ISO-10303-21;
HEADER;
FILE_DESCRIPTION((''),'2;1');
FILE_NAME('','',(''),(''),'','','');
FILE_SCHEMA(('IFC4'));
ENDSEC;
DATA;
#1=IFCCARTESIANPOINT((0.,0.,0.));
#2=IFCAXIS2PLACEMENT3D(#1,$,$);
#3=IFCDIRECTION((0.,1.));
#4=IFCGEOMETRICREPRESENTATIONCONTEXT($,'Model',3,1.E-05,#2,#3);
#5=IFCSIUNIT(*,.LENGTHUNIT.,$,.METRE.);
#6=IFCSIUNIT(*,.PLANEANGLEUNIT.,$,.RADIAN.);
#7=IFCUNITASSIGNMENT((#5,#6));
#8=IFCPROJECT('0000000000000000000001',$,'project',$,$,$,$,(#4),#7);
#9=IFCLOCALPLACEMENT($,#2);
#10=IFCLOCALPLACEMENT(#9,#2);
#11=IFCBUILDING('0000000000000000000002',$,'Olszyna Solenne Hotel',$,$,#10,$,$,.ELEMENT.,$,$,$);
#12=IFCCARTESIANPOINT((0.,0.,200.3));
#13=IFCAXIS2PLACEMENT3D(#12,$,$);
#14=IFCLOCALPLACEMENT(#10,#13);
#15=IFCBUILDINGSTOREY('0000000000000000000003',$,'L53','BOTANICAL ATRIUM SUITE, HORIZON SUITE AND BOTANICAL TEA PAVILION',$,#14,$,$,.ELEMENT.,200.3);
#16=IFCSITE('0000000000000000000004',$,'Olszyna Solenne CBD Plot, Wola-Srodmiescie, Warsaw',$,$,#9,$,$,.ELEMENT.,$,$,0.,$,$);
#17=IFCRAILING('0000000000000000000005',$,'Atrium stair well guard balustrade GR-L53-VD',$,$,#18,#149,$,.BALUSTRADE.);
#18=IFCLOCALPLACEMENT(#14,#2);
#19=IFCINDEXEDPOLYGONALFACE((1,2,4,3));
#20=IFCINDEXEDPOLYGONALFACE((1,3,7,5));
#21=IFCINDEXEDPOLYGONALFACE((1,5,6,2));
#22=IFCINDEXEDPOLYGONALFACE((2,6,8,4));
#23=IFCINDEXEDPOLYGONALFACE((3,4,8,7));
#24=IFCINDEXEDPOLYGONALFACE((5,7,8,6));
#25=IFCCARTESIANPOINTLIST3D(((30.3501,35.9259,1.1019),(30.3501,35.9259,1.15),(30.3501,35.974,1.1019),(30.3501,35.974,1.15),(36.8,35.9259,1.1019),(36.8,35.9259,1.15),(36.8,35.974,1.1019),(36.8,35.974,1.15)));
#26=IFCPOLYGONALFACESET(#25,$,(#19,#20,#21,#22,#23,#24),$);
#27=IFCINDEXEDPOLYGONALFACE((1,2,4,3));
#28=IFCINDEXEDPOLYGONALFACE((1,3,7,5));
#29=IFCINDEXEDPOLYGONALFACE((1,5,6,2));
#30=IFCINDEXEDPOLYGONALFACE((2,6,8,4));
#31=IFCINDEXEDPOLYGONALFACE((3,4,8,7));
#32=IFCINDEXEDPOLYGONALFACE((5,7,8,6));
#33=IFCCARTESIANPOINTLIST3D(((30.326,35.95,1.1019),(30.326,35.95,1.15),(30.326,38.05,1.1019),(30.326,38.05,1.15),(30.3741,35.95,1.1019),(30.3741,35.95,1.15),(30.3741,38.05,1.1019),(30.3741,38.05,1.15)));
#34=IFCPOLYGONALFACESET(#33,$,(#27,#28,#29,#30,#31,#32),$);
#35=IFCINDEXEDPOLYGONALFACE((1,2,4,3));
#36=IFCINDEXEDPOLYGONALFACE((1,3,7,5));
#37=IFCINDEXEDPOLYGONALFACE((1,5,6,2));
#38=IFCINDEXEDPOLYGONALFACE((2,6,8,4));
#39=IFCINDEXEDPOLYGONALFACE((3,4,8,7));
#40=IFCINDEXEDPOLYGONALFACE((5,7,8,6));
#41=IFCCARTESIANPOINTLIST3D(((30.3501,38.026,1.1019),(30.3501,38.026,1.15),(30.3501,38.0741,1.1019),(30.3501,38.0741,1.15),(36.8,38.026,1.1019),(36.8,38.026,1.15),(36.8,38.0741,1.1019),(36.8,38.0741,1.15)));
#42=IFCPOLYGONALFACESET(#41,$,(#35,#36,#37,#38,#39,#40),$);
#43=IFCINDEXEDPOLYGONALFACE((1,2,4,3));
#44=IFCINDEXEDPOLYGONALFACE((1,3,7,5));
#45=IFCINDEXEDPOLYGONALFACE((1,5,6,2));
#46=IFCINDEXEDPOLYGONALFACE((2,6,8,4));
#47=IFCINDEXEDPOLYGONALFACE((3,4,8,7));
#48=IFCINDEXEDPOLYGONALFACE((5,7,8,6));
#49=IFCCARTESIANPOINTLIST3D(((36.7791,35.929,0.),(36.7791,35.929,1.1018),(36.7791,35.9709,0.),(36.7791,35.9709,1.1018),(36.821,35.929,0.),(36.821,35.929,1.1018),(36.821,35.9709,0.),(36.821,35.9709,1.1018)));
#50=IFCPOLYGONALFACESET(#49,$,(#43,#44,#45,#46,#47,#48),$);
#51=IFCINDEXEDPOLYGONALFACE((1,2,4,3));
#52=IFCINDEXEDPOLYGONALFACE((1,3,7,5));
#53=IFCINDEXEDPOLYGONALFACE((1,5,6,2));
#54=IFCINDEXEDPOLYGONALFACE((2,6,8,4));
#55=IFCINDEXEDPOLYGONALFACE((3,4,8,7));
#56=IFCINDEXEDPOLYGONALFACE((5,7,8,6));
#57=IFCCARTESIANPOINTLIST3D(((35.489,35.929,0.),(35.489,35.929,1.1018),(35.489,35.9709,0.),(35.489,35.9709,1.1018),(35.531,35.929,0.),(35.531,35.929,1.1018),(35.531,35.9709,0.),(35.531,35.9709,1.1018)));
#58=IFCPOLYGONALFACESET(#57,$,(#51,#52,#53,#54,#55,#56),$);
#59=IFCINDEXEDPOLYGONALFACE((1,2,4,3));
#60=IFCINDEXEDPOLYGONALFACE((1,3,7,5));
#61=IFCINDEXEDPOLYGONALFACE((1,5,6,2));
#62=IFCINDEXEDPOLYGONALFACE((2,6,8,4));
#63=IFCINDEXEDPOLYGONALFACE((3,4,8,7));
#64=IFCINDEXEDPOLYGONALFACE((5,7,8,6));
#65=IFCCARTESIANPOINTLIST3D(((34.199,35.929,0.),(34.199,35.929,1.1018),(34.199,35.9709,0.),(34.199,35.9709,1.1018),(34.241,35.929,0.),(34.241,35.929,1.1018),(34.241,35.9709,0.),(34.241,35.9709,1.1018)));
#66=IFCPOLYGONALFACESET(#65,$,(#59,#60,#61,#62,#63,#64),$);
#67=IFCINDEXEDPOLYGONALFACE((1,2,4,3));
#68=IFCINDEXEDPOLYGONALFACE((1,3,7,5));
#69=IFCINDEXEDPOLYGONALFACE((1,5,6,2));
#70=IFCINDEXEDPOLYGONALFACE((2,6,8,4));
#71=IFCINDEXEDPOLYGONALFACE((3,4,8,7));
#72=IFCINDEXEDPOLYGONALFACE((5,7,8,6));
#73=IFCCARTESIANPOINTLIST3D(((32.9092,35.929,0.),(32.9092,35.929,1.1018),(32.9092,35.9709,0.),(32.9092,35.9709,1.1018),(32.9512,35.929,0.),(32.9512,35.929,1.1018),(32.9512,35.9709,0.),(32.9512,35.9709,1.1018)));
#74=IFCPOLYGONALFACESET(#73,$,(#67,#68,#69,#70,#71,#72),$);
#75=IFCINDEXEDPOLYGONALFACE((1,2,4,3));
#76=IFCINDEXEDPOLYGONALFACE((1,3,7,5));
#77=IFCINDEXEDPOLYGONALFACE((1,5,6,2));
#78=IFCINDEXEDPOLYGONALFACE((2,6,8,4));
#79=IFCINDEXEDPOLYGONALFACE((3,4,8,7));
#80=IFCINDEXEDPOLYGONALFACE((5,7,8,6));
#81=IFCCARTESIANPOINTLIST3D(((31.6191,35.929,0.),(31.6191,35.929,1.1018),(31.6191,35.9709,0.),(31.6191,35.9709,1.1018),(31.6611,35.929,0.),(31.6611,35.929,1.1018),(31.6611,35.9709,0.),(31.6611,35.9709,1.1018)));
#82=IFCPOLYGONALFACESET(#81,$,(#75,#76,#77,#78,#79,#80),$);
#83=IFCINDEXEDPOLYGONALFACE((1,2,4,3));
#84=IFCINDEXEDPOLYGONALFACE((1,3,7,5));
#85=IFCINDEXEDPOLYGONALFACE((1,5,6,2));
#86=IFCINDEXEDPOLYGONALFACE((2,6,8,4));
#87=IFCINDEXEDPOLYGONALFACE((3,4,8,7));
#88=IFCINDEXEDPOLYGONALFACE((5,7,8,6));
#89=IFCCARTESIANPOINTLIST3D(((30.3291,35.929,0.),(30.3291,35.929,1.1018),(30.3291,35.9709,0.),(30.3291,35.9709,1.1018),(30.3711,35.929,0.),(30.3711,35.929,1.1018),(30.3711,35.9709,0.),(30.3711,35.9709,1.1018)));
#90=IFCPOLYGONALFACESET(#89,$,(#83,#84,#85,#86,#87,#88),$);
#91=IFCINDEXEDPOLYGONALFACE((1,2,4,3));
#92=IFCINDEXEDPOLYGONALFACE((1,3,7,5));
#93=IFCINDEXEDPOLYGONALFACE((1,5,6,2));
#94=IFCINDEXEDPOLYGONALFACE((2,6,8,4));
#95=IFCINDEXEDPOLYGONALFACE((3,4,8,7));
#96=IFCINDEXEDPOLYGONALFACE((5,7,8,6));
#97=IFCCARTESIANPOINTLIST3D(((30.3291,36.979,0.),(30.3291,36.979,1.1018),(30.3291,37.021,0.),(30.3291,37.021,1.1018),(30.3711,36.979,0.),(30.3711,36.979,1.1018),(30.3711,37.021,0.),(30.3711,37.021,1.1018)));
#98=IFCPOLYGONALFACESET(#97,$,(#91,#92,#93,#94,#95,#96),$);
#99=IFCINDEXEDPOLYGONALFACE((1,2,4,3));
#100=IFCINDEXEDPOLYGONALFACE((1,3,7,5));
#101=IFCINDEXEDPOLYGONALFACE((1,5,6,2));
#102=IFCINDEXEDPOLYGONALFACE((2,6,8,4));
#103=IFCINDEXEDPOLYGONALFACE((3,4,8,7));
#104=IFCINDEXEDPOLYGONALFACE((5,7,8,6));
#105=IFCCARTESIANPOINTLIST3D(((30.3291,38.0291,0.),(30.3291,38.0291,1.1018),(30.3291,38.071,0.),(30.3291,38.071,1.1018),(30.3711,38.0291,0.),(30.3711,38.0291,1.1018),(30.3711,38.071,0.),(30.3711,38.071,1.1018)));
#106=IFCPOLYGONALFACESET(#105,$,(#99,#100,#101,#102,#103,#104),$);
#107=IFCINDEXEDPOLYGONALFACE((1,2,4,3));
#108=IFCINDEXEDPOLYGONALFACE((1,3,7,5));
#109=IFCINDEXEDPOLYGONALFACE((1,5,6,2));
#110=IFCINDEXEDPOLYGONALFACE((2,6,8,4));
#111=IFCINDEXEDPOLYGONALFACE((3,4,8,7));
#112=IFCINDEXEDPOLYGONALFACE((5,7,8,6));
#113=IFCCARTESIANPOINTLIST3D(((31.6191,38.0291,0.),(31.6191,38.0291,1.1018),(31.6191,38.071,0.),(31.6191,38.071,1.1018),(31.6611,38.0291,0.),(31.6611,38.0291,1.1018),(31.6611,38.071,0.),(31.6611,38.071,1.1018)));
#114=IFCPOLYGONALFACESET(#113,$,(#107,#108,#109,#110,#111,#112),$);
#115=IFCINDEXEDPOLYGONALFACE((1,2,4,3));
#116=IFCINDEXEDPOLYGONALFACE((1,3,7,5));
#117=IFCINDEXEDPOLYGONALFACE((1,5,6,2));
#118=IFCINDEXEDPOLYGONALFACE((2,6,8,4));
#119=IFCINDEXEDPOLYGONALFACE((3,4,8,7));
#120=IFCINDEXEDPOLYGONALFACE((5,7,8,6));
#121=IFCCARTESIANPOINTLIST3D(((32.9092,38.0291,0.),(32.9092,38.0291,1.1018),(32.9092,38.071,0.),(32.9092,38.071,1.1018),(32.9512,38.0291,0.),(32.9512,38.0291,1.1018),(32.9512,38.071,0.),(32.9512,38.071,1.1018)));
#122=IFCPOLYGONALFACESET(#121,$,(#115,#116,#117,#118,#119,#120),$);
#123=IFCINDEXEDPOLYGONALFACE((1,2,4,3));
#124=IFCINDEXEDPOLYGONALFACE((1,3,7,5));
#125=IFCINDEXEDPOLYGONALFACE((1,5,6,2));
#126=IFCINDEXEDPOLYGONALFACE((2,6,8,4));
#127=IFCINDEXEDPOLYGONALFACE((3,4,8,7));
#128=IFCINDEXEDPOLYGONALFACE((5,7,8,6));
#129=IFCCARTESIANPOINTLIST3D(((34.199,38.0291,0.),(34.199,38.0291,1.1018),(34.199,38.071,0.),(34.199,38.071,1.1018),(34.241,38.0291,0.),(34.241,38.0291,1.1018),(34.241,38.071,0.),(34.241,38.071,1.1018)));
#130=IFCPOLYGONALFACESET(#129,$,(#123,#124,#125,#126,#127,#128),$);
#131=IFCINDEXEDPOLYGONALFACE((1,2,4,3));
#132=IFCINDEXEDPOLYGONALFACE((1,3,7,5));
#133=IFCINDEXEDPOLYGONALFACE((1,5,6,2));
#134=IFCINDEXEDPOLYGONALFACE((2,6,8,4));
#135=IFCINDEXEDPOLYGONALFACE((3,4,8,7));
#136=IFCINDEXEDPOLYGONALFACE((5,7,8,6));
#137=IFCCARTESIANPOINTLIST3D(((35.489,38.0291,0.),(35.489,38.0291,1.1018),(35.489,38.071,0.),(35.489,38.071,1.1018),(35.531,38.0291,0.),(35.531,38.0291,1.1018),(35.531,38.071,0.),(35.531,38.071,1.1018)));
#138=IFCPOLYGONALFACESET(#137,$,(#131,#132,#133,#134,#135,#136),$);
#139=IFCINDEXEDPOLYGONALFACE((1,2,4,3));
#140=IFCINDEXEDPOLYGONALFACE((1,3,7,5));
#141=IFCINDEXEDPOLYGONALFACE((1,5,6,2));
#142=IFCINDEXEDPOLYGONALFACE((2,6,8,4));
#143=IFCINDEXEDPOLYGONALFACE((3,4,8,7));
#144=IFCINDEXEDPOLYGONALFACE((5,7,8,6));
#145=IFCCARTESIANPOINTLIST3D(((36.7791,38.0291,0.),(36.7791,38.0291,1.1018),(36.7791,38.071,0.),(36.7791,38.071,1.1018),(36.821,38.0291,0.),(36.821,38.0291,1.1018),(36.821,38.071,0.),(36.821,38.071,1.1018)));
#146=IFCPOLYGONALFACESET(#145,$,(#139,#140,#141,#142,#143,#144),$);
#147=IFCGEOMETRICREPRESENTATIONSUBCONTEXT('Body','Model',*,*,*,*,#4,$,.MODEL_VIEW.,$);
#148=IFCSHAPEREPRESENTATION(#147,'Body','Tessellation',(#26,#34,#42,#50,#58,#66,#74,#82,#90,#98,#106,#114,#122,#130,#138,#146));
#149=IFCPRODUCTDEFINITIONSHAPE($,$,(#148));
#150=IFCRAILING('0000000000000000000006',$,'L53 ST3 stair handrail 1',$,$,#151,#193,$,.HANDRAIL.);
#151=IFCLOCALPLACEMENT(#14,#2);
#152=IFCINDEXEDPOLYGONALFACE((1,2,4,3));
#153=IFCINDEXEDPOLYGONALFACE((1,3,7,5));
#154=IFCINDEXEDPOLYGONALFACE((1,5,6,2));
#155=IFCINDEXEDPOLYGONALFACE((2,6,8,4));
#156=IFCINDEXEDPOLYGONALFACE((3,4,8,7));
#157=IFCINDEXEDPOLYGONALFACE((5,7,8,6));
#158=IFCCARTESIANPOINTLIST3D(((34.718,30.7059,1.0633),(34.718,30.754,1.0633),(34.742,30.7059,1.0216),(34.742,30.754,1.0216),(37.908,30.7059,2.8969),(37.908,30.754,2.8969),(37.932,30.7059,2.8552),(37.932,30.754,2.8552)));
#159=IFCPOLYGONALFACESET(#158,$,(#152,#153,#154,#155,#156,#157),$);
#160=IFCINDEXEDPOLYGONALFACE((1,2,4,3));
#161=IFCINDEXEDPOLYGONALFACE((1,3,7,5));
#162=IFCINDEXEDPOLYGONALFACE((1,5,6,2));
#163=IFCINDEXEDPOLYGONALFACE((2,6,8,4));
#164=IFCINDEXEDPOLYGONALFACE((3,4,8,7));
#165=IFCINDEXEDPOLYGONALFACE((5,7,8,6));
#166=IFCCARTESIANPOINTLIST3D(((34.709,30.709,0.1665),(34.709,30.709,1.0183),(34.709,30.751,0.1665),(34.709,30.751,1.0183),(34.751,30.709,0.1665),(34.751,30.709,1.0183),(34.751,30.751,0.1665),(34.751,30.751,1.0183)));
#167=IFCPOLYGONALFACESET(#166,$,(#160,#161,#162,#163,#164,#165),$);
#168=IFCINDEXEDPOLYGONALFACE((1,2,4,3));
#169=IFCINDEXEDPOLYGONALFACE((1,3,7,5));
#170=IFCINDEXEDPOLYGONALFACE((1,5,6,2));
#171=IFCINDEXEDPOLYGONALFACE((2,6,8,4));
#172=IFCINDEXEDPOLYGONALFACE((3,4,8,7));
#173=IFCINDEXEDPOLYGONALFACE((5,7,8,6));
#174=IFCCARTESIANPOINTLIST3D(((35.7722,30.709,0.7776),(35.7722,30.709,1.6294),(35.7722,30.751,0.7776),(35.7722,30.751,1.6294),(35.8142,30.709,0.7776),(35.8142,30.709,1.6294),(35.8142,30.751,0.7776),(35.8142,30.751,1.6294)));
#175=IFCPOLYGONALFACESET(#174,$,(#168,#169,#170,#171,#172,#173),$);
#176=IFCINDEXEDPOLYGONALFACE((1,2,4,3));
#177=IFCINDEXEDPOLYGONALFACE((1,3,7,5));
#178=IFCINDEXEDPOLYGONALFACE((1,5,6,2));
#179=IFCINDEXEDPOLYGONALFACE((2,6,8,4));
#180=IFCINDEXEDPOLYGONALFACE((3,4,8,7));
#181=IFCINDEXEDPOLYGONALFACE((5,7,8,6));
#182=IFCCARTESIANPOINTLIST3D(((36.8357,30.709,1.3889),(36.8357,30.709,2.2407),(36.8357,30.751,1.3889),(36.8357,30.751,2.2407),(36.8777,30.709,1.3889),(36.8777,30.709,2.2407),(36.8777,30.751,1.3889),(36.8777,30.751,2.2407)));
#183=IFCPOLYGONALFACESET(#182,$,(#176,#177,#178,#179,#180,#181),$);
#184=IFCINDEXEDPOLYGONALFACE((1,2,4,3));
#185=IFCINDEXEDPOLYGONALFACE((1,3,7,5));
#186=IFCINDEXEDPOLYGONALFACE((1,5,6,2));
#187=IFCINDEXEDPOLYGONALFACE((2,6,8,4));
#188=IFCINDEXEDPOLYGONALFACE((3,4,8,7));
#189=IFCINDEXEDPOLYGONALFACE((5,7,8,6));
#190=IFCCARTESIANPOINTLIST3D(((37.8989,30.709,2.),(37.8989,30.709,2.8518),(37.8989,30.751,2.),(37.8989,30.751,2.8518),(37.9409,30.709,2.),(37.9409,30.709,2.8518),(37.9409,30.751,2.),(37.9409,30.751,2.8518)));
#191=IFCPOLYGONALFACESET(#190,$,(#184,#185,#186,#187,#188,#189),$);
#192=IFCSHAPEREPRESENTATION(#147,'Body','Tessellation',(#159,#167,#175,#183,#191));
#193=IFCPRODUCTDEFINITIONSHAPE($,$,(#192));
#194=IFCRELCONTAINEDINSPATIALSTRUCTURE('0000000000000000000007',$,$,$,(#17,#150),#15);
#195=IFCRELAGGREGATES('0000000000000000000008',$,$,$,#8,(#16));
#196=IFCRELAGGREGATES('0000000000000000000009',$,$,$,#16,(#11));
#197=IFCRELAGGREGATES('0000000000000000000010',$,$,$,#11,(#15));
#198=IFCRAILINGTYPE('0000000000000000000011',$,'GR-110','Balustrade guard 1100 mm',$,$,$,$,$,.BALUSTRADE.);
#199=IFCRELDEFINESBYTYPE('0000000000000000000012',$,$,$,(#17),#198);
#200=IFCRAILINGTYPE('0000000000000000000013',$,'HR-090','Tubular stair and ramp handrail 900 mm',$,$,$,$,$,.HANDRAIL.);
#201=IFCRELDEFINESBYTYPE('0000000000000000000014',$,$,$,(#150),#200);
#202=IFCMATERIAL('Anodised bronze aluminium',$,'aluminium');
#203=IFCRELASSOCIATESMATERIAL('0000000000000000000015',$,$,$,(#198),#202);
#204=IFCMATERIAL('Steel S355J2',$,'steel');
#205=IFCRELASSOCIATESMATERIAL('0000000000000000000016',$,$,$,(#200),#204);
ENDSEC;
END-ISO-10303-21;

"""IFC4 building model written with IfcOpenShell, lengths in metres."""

from ifc_helpers import new_model, si_unit, direction, frame, origin, origin_2d, place, context, subcontext, project, spatial, rectangle, extrude, material, type_object, element, save


model = new_model("IFC4")

# Units and contexts
model_context = context("Model", 3, precision=1e-05, world=origin(), true_north=direction((0.0, 1.0)))
body_context = subcontext(model_context, "Body", "Model", "MODEL_VIEW")
ifc_project = project(units=[si_unit("LENGTHUNIT", "METRE"), si_unit("PLANEANGLEUNIT", "RADIAN")], contexts=[model_context])

# Site, building, storey
site_placement = place(None, origin())
site = spatial("IfcSite", under=ifc_project, at=site_placement, Name="Olszyna Solenne CBD Plot, Wola-Srodmiescie, Warsaw", CompositionType="ELEMENT", RefElevation=0.0)
building_placement = place(site_placement, origin())
building = spatial("IfcBuilding", under=site, at=building_placement, Name="Olszyna Solenne Hotel", CompositionType="ELEMENT")
storey_placement = place(building_placement, frame((0.0, 0.0, 200.3)))
storey = spatial("IfcBuildingStorey", under=building, at=storey_placement, Name="L53", Description="BOTANICAL ATRIUM SUITE, HORIZON SUITE AND BOTANICAL TEA PAVILION", CompositionType="ELEMENT", Elevation=200.3)

# Shared definitions
ifc_material_1 = material(Name="Steel S355J2", Category="steel")

# Railings
ifc_material_2 = material(Name="Anodised bronze aluminium", Category="aluminium")
railing_type_1 = type_object("IfcRailingType", Name="GR-110", Description="Balustrade guard 1100 mm", PredefinedType="BALUSTRADE", material=ifc_material_2)
railing_1_placement = place(storey_placement, frame((36.8, 35.95, 0.0)))
element("IfcRailing", 1, at=railing_1_placement, inside=storey, type_object=railing_type_1, Name="Atrium stair well guard balustrade GR-L53-VD", PredefinedType="BALUSTRADE", context=body_context, shape_type="SweptSolid", body=[
    extrude(rectangle(XDim=0.0481, YDim=0.0481, at=origin_2d()), frame((0.0, 0.0, 1.126), z_axis=(-1.0, 0.0, 0.0), x_axis=(0.0, -1.0, 0.0)), (0.0, 0.0, 1.0), 6.45),
    extrude(rectangle(XDim=0.0481, YDim=0.0481, at=origin_2d()), frame((-6.45, 0.0, 1.126), z_axis=(0.0, 1.0, 0.0), x_axis=(-1.0, 0.0, 0.0)), (0.0, 0.0, 1.0), 2.1001),
    extrude(rectangle(XDim=0.0481, YDim=0.0481, at=origin_2d()), frame((-6.45, 2.1001, 1.126), z_axis=(1.0, 0.0, 0.0), x_axis=(0.0, 1.0, 0.0)), (0.0, 0.0, 1.0), 6.45),
    extrude(rectangle(XDim=0.042, YDim=0.042, at=origin_2d()), origin(), (0.0, 0.0, 1.0), 1.1018),
    extrude(rectangle(XDim=0.042, YDim=0.042, at=origin_2d()), frame((-1.29, 0.0, 0.0)), (0.0, 0.0, 1.0), 1.1018),
    extrude(rectangle(XDim=0.042, YDim=0.042, at=origin_2d()), frame((-2.5801, 0.0, 0.0)), (0.0, 0.0, 1.0), 1.1018),
    extrude(rectangle(XDim=0.042, YDim=0.042, at=origin_2d()), frame((-3.8699, 0.0, 0.0)), (0.0, 0.0, 1.0), 1.1018),
    extrude(rectangle(XDim=0.042, YDim=0.042, at=origin_2d()), frame((-5.1599, 0.0, 0.0)), (0.0, 0.0, 1.0), 1.1018),
    extrude(rectangle(XDim=0.042, YDim=0.042, at=origin_2d()), frame((-6.45, 0.0, 0.0)), (0.0, 0.0, 1.0), 1.1018),
    extrude(rectangle(XDim=0.042, YDim=0.042, at=origin_2d()), frame((-6.45, 1.05, 0.0)), (0.0, 0.0, 1.0), 1.1018),
    extrude(rectangle(XDim=0.042, YDim=0.042, at=origin_2d()), frame((-6.45, 2.1001, 0.0)), (0.0, 0.0, 1.0), 1.1018),
    extrude(rectangle(XDim=0.042, YDim=0.042, at=origin_2d()), frame((-5.1599, 2.1001, 0.0)), (0.0, 0.0, 1.0), 1.1018),
    extrude(rectangle(XDim=0.042, YDim=0.042, at=origin_2d()), frame((-3.8699, 2.1001, 0.0)), (0.0, 0.0, 1.0), 1.1018),
    extrude(rectangle(XDim=0.042, YDim=0.042, at=origin_2d()), frame((-2.5801, 2.1001, 0.0)), (0.0, 0.0, 1.0), 1.1018),
    extrude(rectangle(XDim=0.042, YDim=0.042, at=origin_2d()), frame((-1.29, 2.1001, 0.0)), (0.0, 0.0, 1.0), 1.1018),
    extrude(rectangle(XDim=0.042, YDim=0.042, at=origin_2d()), frame((0.0, 2.1001, 0.0)), (0.0, 0.0, 1.0), 1.1018),
])
railing_type_2 = type_object("IfcRailingType", Name="HR-090", Description="Tubular stair and ramp handrail 900 mm", PredefinedType="HANDRAIL", material=ifc_material_1)
railing_2_placement = place(storey_placement, frame((34.73, 30.73, 0.1665)))
element("IfcRailing", 2, at=railing_2_placement, inside=storey, type_object=railing_type_2, Name="L53 ST3 stair handrail 1", PredefinedType="HANDRAIL", context=body_context, shape_type="SweptSolid", body=[
    extrude(rectangle(XDim=0.0481, YDim=0.0481, at=origin_2d()), frame((0.0, 0.0, 0.876), z_axis=(0.866991, 0.0, 0.498324), x_axis=(0.0, 1.0, 0.0)), (0.0, 0.0, 1.0), 3.6794),
    extrude(rectangle(XDim=0.042, YDim=0.042, at=origin_2d()), origin(), (0.0, 0.0, 1.0), 0.8518),
    extrude(rectangle(XDim=0.042, YDim=0.042, at=origin_2d()), frame((1.0632, 0.0, 0.6111)), (0.0, 0.0, 1.0), 0.8518),
    extrude(rectangle(XDim=0.042, YDim=0.042, at=origin_2d()), frame((2.1267, 0.0, 1.2224)), (0.0, 0.0, 1.0), 0.8518),
    extrude(rectangle(XDim=0.042, YDim=0.042, at=origin_2d()), frame((3.1899, 0.0, 1.8335)), (0.0, 0.0, 1.0), 0.8518),
])

save(model, "model.ifc")
